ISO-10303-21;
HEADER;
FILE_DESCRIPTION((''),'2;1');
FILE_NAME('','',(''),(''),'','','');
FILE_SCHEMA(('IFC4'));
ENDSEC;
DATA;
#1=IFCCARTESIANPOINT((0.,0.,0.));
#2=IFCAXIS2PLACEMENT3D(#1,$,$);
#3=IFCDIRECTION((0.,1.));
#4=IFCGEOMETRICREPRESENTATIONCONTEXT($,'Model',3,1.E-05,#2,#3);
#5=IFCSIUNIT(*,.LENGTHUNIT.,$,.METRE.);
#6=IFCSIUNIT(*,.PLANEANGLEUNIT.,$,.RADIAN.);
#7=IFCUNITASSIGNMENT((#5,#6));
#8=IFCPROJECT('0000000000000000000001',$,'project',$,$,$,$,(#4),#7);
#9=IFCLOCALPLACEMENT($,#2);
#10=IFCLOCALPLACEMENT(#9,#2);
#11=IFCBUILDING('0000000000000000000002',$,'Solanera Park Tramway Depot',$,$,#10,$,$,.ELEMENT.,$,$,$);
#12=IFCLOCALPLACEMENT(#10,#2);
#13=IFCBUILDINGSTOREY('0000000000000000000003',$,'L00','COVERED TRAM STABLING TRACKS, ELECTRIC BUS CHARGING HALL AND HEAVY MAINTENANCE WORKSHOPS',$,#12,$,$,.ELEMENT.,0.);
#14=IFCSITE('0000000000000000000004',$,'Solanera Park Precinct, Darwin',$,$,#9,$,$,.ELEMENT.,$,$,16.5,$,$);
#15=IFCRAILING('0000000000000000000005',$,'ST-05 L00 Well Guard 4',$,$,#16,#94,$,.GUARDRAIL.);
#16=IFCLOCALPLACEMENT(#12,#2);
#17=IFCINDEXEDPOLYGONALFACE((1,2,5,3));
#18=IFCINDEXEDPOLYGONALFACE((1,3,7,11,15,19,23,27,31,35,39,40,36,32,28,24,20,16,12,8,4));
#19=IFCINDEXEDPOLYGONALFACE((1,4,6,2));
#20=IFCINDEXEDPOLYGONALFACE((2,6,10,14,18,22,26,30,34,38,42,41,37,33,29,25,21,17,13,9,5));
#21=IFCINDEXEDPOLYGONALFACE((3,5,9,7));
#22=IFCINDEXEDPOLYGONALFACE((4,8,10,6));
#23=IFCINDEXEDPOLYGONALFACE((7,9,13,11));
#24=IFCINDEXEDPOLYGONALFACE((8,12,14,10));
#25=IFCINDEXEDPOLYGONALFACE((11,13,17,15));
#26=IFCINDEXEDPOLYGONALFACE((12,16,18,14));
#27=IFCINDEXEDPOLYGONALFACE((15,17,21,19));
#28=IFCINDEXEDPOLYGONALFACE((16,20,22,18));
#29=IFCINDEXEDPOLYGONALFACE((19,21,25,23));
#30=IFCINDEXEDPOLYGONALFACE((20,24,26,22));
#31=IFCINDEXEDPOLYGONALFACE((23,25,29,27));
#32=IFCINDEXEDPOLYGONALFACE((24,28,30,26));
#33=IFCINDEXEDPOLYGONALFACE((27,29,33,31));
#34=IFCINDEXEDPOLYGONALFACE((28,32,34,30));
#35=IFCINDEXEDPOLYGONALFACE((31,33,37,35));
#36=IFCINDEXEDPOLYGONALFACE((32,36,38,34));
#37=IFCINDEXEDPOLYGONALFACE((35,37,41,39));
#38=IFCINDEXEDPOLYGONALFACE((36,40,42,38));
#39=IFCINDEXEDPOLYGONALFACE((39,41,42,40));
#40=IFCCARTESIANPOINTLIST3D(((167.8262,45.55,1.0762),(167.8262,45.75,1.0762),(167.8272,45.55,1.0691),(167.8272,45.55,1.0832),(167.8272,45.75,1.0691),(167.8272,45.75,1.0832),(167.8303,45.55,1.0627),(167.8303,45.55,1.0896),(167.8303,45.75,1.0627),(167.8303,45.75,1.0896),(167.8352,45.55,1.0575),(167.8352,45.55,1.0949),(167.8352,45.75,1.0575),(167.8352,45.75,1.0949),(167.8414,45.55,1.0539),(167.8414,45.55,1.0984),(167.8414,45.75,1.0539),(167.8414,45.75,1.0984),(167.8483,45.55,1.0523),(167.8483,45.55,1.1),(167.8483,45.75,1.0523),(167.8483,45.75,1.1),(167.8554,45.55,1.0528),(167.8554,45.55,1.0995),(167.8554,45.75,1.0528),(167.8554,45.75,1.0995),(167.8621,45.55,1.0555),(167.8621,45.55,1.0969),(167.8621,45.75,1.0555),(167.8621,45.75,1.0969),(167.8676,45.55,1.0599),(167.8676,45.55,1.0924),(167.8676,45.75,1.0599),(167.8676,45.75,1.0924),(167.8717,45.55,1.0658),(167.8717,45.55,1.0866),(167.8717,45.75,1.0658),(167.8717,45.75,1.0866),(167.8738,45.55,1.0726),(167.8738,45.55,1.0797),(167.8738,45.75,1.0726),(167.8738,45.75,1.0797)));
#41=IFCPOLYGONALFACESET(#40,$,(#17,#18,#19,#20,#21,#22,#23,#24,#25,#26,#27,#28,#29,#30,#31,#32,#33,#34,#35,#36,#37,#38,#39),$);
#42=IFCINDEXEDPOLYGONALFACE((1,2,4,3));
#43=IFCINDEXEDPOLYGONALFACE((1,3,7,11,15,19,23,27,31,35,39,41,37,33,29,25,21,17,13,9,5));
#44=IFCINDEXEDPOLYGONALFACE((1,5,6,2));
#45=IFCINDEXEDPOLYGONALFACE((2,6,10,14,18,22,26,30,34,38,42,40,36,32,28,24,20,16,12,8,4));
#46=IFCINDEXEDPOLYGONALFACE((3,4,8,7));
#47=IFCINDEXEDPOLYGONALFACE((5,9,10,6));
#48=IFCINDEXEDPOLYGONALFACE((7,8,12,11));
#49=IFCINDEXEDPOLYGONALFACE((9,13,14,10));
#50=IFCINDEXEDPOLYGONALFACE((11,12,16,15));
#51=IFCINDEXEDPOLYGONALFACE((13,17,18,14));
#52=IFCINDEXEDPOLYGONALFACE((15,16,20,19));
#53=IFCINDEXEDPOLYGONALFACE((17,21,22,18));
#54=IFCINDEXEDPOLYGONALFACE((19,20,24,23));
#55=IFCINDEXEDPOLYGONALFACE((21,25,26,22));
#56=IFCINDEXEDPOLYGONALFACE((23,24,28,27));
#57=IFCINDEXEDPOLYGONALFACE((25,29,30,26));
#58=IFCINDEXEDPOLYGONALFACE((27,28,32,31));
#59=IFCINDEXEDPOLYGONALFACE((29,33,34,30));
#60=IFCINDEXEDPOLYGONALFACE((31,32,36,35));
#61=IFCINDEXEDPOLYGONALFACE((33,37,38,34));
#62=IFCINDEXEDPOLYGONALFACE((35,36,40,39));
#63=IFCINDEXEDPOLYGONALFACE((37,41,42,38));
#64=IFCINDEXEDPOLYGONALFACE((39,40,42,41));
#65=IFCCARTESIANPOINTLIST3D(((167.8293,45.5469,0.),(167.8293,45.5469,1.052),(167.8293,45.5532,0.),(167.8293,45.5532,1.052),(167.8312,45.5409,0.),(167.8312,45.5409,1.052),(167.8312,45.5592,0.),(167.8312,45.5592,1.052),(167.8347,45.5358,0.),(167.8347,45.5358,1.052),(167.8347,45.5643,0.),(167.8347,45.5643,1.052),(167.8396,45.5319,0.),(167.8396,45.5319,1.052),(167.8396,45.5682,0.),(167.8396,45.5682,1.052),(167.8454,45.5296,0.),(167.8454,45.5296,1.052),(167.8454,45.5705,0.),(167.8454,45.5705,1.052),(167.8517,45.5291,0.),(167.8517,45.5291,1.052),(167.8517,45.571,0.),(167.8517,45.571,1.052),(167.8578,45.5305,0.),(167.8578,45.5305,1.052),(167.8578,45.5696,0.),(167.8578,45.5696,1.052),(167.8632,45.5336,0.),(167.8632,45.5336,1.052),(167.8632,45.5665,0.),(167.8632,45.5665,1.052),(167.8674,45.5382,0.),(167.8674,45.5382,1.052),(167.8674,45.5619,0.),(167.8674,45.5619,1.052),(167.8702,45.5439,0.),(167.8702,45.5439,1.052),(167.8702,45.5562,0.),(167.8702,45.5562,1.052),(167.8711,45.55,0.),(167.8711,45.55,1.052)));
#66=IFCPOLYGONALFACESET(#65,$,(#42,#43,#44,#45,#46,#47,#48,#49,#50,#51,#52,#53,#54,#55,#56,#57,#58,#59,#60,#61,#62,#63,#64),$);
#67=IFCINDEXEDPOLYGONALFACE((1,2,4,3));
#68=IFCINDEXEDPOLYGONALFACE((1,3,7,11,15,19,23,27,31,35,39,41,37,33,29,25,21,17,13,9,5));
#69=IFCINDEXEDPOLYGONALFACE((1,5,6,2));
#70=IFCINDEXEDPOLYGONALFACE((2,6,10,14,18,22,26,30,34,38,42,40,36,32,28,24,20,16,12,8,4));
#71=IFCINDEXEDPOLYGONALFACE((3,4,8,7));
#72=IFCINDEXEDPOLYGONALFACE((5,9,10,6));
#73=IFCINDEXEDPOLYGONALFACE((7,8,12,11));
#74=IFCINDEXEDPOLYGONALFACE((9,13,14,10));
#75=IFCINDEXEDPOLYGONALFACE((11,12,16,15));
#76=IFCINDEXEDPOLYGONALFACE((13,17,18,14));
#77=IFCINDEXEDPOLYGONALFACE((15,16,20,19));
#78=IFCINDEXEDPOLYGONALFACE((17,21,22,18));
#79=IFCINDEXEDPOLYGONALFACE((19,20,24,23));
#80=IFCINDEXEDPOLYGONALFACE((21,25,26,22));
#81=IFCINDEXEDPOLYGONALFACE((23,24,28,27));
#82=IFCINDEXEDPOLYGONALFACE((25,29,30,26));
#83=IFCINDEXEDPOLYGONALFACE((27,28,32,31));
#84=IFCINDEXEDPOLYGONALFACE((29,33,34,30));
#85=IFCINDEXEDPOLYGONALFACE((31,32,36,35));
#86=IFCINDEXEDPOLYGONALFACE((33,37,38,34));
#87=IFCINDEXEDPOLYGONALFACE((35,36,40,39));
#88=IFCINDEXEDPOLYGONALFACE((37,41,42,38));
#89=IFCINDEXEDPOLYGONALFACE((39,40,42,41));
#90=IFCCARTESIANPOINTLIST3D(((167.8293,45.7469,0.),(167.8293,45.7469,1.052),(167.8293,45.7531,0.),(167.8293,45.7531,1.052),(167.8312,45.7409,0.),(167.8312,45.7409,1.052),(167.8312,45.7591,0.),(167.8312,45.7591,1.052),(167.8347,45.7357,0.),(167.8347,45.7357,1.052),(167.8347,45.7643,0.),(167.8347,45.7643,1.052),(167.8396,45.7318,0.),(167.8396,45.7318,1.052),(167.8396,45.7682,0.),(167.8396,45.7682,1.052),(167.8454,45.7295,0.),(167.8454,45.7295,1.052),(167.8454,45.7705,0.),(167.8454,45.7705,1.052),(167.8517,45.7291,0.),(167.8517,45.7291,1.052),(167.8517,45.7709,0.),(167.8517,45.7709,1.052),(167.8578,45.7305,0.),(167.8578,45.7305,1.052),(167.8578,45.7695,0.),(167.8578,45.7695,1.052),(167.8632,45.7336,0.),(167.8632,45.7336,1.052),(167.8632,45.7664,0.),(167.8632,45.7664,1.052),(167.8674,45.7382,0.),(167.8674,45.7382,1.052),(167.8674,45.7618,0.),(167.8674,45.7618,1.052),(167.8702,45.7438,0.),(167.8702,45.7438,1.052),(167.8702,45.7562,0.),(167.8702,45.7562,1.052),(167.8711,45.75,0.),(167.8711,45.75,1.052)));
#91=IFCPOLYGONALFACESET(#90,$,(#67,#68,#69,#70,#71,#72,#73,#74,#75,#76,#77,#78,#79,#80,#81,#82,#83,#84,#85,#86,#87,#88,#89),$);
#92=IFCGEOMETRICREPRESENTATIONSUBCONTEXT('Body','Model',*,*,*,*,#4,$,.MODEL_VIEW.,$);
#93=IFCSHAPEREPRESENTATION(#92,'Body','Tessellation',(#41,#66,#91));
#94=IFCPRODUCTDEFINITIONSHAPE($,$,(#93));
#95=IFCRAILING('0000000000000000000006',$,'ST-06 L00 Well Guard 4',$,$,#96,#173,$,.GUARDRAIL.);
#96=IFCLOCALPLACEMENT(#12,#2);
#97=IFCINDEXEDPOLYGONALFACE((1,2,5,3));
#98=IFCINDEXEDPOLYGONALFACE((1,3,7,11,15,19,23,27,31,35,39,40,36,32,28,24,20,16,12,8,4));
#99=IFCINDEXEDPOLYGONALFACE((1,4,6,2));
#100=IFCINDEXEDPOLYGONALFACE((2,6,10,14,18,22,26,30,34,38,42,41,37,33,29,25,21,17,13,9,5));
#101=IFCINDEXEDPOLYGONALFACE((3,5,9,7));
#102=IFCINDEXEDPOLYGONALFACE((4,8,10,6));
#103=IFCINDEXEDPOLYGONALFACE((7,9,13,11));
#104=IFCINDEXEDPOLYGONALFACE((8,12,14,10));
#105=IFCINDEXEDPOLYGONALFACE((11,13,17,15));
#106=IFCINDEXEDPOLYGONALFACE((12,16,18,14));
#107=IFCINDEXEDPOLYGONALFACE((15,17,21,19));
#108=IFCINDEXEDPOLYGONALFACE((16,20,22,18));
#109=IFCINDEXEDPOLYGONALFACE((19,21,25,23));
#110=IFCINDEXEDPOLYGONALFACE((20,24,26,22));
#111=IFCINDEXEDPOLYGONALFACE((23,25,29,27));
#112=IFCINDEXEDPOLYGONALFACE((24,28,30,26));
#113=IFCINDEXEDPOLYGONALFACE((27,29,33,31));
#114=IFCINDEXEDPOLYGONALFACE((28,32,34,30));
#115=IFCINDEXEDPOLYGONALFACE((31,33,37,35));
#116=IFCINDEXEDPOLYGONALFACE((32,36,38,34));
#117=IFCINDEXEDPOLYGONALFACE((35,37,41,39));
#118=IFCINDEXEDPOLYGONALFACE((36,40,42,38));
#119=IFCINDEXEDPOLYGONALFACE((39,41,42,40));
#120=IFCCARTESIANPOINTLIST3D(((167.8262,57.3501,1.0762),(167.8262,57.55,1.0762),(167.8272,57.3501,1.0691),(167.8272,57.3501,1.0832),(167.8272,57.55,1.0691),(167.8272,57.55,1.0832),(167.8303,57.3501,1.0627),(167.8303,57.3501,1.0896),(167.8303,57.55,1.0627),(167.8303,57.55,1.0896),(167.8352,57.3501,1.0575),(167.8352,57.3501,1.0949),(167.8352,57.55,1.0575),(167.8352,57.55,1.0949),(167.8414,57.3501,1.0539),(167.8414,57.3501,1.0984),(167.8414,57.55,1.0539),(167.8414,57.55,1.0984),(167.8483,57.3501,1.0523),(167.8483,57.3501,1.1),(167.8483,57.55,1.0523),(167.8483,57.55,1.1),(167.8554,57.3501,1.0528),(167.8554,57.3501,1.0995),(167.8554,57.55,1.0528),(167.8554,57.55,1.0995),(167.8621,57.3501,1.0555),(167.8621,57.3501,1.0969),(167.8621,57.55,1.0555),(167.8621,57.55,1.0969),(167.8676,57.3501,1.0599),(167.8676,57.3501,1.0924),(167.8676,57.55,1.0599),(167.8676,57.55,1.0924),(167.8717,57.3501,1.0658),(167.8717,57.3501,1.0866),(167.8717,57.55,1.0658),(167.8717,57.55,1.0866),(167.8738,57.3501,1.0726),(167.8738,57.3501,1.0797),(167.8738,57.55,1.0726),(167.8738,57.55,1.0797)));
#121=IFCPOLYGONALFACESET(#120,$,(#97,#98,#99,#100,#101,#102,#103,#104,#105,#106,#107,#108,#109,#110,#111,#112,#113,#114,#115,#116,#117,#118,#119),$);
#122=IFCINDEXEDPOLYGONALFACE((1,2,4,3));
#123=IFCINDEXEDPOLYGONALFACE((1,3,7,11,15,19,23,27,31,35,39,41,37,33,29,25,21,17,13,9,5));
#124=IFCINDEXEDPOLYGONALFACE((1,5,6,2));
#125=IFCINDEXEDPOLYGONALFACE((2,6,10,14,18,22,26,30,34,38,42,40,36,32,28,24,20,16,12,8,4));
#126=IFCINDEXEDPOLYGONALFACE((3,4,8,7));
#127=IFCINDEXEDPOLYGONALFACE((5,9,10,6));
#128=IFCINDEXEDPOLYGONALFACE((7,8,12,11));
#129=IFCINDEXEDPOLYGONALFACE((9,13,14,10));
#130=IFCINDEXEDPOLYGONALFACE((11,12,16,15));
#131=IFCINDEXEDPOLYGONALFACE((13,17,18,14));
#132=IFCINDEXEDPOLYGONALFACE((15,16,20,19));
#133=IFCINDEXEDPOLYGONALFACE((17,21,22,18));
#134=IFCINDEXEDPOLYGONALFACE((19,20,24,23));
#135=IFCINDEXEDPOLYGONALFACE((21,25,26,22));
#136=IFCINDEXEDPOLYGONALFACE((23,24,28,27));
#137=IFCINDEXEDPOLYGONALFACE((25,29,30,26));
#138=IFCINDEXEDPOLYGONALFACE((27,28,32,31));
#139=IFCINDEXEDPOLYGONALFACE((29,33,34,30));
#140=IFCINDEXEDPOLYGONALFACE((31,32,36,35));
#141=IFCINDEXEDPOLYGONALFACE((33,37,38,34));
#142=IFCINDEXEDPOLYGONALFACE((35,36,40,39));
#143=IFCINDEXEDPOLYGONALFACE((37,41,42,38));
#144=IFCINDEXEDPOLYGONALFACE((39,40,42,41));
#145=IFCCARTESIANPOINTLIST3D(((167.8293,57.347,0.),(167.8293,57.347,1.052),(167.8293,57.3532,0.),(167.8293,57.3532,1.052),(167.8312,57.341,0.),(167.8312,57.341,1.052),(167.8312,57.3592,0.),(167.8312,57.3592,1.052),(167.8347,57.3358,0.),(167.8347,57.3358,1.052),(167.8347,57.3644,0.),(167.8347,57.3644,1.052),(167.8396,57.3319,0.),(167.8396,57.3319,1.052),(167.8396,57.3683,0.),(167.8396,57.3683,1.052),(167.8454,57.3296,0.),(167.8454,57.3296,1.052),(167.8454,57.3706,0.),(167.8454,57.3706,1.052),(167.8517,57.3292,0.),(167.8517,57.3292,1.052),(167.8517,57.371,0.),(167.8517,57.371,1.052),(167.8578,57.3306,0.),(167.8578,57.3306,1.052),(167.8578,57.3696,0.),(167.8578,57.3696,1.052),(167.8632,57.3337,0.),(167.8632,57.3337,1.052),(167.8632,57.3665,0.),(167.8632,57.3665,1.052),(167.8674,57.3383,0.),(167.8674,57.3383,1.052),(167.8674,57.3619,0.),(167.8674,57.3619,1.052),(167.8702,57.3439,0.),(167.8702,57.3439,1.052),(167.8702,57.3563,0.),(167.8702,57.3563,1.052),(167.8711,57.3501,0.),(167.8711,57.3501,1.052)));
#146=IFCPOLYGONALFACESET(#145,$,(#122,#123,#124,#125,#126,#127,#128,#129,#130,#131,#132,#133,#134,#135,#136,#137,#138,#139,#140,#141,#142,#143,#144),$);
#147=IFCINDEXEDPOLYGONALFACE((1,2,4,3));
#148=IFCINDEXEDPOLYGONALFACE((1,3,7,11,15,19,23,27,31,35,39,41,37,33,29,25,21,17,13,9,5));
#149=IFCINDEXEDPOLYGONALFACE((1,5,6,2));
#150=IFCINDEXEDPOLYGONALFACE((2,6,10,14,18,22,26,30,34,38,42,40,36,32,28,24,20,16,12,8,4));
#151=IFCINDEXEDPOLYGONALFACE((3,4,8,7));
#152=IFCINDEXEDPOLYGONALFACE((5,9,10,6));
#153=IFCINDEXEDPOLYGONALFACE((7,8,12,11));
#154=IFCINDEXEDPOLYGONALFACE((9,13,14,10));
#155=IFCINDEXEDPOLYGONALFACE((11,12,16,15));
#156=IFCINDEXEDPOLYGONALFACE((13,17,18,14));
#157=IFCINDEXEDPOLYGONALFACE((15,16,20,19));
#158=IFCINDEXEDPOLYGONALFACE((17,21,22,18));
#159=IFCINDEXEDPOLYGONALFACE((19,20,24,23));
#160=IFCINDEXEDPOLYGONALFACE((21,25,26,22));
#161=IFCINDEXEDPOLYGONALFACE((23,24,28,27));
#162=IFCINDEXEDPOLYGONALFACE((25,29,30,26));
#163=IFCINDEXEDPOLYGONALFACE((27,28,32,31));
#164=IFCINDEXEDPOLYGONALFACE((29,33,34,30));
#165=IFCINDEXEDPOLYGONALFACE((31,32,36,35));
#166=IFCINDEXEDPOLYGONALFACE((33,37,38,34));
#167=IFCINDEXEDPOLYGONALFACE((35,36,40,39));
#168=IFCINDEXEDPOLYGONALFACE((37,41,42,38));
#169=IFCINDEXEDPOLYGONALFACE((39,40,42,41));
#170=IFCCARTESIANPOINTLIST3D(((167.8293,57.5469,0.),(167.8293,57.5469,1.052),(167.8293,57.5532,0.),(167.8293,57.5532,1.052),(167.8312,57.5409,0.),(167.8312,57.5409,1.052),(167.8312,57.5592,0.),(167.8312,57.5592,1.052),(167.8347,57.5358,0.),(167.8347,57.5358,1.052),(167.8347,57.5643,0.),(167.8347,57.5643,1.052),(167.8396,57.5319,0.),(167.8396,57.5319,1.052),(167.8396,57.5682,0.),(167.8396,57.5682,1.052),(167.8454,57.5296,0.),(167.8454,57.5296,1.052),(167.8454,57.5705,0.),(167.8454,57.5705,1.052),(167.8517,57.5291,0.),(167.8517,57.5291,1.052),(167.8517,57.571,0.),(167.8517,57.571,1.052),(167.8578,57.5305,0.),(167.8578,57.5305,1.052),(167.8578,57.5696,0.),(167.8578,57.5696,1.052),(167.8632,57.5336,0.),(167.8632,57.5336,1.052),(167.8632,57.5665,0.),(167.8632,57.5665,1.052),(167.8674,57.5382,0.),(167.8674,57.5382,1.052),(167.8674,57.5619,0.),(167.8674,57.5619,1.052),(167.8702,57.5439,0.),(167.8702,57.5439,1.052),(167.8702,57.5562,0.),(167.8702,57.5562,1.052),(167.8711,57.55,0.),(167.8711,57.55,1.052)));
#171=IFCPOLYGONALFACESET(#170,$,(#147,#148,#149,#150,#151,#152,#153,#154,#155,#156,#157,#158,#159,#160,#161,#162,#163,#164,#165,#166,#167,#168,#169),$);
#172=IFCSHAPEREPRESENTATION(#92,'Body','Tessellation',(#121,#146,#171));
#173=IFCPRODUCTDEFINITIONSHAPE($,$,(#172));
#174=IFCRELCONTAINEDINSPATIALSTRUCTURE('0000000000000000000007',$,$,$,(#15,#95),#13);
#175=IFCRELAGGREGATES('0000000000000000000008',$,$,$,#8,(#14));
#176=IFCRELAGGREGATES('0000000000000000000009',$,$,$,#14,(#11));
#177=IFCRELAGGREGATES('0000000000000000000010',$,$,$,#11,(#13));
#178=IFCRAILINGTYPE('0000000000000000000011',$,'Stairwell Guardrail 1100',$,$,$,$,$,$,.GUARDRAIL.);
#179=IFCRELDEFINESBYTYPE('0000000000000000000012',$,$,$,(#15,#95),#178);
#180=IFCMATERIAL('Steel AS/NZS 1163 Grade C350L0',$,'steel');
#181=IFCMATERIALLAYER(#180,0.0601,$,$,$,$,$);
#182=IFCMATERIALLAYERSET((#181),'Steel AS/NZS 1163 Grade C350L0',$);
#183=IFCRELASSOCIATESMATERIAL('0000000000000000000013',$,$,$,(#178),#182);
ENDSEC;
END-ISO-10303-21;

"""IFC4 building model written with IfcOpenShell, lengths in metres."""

from ifc_helpers import new_model, si_unit, direction, frame, origin, origin_2d, place, context, subcontext, project, spatial, circle, extrude, material, layer, layer_set, type_object, element, save


model = new_model("IFC4")

# Units and contexts
model_context = context("Model", 3, precision=1e-05, world=origin(), true_north=direction((0.0, 1.0)))
body_context = subcontext(model_context, "Body", "Model", "MODEL_VIEW")
ifc_project = project(units=[si_unit("LENGTHUNIT", "METRE"), si_unit("PLANEANGLEUNIT", "RADIAN")], contexts=[model_context])

# Site, building, storey
site_placement = place(None, origin())
site = spatial("IfcSite", under=ifc_project, at=site_placement, Name="Solanera Park Precinct, Darwin", CompositionType="ELEMENT", RefElevation=16.5)
building_placement = place(site_placement, origin())
building = spatial("IfcBuilding", under=site, at=building_placement, Name="Solanera Park Tramway Depot", CompositionType="ELEMENT")
storey_placement = place(building_placement, origin())
storey = spatial("IfcBuildingStorey", under=building, at=storey_placement, Name="L00", Description="COVERED TRAM STABLING TRACKS, ELECTRIC BUS CHARGING HALL AND HEAVY MAINTENANCE WORKSHOPS", CompositionType="ELEMENT", Elevation=0.0)

# Railings
ifc_material_1 = material(Name="Steel AS/NZS 1163 Grade C350L0", Category="steel")
ifc_layer_1 = layer(ifc_material_1, 0.0601)
ifc_layer_set_1 = layer_set([ifc_layer_1], Name="Steel AS/NZS 1163 Grade C350L0")
railing_type_1 = type_object("IfcRailingType", Name="Stairwell Guardrail 1100", PredefinedType="GUARDRAIL", material=ifc_layer_set_1)
for number, where, name in (
    (1, (167.8501, 45.55, 0.0), "ST-05 L00 Well Guard 4"),
    (2, (167.8501, 57.3501, 0.0), "ST-06 L00 Well Guard 4"),
):
    element("IfcRailing", number, at=place(storey_placement, frame(where)), inside=storey, type_object=railing_type_1, Name=name, PredefinedType="GUARDRAIL", context=body_context, shape_type="SweptSolid", body=[
        extrude(circle(Radius=0.0239, at=origin_2d()), frame((0.0, 0.0, 1.0762), z_axis=(0.0, 1.0, 0.0), x_axis=(-1.0, 0.0, 0.0)), (0.0, 0.0, 1.0), 0.2),
        extrude(circle(Radius=0.021, at=origin_2d()), origin(), (0.0, 0.0, 1.0), 1.052),
        extrude(circle(Radius=0.021, at=origin_2d()), frame((0.0, 0.2, 0.0)), (0.0, 0.0, 1.0), 1.052),
    ])

save(model, "model.ifc")
